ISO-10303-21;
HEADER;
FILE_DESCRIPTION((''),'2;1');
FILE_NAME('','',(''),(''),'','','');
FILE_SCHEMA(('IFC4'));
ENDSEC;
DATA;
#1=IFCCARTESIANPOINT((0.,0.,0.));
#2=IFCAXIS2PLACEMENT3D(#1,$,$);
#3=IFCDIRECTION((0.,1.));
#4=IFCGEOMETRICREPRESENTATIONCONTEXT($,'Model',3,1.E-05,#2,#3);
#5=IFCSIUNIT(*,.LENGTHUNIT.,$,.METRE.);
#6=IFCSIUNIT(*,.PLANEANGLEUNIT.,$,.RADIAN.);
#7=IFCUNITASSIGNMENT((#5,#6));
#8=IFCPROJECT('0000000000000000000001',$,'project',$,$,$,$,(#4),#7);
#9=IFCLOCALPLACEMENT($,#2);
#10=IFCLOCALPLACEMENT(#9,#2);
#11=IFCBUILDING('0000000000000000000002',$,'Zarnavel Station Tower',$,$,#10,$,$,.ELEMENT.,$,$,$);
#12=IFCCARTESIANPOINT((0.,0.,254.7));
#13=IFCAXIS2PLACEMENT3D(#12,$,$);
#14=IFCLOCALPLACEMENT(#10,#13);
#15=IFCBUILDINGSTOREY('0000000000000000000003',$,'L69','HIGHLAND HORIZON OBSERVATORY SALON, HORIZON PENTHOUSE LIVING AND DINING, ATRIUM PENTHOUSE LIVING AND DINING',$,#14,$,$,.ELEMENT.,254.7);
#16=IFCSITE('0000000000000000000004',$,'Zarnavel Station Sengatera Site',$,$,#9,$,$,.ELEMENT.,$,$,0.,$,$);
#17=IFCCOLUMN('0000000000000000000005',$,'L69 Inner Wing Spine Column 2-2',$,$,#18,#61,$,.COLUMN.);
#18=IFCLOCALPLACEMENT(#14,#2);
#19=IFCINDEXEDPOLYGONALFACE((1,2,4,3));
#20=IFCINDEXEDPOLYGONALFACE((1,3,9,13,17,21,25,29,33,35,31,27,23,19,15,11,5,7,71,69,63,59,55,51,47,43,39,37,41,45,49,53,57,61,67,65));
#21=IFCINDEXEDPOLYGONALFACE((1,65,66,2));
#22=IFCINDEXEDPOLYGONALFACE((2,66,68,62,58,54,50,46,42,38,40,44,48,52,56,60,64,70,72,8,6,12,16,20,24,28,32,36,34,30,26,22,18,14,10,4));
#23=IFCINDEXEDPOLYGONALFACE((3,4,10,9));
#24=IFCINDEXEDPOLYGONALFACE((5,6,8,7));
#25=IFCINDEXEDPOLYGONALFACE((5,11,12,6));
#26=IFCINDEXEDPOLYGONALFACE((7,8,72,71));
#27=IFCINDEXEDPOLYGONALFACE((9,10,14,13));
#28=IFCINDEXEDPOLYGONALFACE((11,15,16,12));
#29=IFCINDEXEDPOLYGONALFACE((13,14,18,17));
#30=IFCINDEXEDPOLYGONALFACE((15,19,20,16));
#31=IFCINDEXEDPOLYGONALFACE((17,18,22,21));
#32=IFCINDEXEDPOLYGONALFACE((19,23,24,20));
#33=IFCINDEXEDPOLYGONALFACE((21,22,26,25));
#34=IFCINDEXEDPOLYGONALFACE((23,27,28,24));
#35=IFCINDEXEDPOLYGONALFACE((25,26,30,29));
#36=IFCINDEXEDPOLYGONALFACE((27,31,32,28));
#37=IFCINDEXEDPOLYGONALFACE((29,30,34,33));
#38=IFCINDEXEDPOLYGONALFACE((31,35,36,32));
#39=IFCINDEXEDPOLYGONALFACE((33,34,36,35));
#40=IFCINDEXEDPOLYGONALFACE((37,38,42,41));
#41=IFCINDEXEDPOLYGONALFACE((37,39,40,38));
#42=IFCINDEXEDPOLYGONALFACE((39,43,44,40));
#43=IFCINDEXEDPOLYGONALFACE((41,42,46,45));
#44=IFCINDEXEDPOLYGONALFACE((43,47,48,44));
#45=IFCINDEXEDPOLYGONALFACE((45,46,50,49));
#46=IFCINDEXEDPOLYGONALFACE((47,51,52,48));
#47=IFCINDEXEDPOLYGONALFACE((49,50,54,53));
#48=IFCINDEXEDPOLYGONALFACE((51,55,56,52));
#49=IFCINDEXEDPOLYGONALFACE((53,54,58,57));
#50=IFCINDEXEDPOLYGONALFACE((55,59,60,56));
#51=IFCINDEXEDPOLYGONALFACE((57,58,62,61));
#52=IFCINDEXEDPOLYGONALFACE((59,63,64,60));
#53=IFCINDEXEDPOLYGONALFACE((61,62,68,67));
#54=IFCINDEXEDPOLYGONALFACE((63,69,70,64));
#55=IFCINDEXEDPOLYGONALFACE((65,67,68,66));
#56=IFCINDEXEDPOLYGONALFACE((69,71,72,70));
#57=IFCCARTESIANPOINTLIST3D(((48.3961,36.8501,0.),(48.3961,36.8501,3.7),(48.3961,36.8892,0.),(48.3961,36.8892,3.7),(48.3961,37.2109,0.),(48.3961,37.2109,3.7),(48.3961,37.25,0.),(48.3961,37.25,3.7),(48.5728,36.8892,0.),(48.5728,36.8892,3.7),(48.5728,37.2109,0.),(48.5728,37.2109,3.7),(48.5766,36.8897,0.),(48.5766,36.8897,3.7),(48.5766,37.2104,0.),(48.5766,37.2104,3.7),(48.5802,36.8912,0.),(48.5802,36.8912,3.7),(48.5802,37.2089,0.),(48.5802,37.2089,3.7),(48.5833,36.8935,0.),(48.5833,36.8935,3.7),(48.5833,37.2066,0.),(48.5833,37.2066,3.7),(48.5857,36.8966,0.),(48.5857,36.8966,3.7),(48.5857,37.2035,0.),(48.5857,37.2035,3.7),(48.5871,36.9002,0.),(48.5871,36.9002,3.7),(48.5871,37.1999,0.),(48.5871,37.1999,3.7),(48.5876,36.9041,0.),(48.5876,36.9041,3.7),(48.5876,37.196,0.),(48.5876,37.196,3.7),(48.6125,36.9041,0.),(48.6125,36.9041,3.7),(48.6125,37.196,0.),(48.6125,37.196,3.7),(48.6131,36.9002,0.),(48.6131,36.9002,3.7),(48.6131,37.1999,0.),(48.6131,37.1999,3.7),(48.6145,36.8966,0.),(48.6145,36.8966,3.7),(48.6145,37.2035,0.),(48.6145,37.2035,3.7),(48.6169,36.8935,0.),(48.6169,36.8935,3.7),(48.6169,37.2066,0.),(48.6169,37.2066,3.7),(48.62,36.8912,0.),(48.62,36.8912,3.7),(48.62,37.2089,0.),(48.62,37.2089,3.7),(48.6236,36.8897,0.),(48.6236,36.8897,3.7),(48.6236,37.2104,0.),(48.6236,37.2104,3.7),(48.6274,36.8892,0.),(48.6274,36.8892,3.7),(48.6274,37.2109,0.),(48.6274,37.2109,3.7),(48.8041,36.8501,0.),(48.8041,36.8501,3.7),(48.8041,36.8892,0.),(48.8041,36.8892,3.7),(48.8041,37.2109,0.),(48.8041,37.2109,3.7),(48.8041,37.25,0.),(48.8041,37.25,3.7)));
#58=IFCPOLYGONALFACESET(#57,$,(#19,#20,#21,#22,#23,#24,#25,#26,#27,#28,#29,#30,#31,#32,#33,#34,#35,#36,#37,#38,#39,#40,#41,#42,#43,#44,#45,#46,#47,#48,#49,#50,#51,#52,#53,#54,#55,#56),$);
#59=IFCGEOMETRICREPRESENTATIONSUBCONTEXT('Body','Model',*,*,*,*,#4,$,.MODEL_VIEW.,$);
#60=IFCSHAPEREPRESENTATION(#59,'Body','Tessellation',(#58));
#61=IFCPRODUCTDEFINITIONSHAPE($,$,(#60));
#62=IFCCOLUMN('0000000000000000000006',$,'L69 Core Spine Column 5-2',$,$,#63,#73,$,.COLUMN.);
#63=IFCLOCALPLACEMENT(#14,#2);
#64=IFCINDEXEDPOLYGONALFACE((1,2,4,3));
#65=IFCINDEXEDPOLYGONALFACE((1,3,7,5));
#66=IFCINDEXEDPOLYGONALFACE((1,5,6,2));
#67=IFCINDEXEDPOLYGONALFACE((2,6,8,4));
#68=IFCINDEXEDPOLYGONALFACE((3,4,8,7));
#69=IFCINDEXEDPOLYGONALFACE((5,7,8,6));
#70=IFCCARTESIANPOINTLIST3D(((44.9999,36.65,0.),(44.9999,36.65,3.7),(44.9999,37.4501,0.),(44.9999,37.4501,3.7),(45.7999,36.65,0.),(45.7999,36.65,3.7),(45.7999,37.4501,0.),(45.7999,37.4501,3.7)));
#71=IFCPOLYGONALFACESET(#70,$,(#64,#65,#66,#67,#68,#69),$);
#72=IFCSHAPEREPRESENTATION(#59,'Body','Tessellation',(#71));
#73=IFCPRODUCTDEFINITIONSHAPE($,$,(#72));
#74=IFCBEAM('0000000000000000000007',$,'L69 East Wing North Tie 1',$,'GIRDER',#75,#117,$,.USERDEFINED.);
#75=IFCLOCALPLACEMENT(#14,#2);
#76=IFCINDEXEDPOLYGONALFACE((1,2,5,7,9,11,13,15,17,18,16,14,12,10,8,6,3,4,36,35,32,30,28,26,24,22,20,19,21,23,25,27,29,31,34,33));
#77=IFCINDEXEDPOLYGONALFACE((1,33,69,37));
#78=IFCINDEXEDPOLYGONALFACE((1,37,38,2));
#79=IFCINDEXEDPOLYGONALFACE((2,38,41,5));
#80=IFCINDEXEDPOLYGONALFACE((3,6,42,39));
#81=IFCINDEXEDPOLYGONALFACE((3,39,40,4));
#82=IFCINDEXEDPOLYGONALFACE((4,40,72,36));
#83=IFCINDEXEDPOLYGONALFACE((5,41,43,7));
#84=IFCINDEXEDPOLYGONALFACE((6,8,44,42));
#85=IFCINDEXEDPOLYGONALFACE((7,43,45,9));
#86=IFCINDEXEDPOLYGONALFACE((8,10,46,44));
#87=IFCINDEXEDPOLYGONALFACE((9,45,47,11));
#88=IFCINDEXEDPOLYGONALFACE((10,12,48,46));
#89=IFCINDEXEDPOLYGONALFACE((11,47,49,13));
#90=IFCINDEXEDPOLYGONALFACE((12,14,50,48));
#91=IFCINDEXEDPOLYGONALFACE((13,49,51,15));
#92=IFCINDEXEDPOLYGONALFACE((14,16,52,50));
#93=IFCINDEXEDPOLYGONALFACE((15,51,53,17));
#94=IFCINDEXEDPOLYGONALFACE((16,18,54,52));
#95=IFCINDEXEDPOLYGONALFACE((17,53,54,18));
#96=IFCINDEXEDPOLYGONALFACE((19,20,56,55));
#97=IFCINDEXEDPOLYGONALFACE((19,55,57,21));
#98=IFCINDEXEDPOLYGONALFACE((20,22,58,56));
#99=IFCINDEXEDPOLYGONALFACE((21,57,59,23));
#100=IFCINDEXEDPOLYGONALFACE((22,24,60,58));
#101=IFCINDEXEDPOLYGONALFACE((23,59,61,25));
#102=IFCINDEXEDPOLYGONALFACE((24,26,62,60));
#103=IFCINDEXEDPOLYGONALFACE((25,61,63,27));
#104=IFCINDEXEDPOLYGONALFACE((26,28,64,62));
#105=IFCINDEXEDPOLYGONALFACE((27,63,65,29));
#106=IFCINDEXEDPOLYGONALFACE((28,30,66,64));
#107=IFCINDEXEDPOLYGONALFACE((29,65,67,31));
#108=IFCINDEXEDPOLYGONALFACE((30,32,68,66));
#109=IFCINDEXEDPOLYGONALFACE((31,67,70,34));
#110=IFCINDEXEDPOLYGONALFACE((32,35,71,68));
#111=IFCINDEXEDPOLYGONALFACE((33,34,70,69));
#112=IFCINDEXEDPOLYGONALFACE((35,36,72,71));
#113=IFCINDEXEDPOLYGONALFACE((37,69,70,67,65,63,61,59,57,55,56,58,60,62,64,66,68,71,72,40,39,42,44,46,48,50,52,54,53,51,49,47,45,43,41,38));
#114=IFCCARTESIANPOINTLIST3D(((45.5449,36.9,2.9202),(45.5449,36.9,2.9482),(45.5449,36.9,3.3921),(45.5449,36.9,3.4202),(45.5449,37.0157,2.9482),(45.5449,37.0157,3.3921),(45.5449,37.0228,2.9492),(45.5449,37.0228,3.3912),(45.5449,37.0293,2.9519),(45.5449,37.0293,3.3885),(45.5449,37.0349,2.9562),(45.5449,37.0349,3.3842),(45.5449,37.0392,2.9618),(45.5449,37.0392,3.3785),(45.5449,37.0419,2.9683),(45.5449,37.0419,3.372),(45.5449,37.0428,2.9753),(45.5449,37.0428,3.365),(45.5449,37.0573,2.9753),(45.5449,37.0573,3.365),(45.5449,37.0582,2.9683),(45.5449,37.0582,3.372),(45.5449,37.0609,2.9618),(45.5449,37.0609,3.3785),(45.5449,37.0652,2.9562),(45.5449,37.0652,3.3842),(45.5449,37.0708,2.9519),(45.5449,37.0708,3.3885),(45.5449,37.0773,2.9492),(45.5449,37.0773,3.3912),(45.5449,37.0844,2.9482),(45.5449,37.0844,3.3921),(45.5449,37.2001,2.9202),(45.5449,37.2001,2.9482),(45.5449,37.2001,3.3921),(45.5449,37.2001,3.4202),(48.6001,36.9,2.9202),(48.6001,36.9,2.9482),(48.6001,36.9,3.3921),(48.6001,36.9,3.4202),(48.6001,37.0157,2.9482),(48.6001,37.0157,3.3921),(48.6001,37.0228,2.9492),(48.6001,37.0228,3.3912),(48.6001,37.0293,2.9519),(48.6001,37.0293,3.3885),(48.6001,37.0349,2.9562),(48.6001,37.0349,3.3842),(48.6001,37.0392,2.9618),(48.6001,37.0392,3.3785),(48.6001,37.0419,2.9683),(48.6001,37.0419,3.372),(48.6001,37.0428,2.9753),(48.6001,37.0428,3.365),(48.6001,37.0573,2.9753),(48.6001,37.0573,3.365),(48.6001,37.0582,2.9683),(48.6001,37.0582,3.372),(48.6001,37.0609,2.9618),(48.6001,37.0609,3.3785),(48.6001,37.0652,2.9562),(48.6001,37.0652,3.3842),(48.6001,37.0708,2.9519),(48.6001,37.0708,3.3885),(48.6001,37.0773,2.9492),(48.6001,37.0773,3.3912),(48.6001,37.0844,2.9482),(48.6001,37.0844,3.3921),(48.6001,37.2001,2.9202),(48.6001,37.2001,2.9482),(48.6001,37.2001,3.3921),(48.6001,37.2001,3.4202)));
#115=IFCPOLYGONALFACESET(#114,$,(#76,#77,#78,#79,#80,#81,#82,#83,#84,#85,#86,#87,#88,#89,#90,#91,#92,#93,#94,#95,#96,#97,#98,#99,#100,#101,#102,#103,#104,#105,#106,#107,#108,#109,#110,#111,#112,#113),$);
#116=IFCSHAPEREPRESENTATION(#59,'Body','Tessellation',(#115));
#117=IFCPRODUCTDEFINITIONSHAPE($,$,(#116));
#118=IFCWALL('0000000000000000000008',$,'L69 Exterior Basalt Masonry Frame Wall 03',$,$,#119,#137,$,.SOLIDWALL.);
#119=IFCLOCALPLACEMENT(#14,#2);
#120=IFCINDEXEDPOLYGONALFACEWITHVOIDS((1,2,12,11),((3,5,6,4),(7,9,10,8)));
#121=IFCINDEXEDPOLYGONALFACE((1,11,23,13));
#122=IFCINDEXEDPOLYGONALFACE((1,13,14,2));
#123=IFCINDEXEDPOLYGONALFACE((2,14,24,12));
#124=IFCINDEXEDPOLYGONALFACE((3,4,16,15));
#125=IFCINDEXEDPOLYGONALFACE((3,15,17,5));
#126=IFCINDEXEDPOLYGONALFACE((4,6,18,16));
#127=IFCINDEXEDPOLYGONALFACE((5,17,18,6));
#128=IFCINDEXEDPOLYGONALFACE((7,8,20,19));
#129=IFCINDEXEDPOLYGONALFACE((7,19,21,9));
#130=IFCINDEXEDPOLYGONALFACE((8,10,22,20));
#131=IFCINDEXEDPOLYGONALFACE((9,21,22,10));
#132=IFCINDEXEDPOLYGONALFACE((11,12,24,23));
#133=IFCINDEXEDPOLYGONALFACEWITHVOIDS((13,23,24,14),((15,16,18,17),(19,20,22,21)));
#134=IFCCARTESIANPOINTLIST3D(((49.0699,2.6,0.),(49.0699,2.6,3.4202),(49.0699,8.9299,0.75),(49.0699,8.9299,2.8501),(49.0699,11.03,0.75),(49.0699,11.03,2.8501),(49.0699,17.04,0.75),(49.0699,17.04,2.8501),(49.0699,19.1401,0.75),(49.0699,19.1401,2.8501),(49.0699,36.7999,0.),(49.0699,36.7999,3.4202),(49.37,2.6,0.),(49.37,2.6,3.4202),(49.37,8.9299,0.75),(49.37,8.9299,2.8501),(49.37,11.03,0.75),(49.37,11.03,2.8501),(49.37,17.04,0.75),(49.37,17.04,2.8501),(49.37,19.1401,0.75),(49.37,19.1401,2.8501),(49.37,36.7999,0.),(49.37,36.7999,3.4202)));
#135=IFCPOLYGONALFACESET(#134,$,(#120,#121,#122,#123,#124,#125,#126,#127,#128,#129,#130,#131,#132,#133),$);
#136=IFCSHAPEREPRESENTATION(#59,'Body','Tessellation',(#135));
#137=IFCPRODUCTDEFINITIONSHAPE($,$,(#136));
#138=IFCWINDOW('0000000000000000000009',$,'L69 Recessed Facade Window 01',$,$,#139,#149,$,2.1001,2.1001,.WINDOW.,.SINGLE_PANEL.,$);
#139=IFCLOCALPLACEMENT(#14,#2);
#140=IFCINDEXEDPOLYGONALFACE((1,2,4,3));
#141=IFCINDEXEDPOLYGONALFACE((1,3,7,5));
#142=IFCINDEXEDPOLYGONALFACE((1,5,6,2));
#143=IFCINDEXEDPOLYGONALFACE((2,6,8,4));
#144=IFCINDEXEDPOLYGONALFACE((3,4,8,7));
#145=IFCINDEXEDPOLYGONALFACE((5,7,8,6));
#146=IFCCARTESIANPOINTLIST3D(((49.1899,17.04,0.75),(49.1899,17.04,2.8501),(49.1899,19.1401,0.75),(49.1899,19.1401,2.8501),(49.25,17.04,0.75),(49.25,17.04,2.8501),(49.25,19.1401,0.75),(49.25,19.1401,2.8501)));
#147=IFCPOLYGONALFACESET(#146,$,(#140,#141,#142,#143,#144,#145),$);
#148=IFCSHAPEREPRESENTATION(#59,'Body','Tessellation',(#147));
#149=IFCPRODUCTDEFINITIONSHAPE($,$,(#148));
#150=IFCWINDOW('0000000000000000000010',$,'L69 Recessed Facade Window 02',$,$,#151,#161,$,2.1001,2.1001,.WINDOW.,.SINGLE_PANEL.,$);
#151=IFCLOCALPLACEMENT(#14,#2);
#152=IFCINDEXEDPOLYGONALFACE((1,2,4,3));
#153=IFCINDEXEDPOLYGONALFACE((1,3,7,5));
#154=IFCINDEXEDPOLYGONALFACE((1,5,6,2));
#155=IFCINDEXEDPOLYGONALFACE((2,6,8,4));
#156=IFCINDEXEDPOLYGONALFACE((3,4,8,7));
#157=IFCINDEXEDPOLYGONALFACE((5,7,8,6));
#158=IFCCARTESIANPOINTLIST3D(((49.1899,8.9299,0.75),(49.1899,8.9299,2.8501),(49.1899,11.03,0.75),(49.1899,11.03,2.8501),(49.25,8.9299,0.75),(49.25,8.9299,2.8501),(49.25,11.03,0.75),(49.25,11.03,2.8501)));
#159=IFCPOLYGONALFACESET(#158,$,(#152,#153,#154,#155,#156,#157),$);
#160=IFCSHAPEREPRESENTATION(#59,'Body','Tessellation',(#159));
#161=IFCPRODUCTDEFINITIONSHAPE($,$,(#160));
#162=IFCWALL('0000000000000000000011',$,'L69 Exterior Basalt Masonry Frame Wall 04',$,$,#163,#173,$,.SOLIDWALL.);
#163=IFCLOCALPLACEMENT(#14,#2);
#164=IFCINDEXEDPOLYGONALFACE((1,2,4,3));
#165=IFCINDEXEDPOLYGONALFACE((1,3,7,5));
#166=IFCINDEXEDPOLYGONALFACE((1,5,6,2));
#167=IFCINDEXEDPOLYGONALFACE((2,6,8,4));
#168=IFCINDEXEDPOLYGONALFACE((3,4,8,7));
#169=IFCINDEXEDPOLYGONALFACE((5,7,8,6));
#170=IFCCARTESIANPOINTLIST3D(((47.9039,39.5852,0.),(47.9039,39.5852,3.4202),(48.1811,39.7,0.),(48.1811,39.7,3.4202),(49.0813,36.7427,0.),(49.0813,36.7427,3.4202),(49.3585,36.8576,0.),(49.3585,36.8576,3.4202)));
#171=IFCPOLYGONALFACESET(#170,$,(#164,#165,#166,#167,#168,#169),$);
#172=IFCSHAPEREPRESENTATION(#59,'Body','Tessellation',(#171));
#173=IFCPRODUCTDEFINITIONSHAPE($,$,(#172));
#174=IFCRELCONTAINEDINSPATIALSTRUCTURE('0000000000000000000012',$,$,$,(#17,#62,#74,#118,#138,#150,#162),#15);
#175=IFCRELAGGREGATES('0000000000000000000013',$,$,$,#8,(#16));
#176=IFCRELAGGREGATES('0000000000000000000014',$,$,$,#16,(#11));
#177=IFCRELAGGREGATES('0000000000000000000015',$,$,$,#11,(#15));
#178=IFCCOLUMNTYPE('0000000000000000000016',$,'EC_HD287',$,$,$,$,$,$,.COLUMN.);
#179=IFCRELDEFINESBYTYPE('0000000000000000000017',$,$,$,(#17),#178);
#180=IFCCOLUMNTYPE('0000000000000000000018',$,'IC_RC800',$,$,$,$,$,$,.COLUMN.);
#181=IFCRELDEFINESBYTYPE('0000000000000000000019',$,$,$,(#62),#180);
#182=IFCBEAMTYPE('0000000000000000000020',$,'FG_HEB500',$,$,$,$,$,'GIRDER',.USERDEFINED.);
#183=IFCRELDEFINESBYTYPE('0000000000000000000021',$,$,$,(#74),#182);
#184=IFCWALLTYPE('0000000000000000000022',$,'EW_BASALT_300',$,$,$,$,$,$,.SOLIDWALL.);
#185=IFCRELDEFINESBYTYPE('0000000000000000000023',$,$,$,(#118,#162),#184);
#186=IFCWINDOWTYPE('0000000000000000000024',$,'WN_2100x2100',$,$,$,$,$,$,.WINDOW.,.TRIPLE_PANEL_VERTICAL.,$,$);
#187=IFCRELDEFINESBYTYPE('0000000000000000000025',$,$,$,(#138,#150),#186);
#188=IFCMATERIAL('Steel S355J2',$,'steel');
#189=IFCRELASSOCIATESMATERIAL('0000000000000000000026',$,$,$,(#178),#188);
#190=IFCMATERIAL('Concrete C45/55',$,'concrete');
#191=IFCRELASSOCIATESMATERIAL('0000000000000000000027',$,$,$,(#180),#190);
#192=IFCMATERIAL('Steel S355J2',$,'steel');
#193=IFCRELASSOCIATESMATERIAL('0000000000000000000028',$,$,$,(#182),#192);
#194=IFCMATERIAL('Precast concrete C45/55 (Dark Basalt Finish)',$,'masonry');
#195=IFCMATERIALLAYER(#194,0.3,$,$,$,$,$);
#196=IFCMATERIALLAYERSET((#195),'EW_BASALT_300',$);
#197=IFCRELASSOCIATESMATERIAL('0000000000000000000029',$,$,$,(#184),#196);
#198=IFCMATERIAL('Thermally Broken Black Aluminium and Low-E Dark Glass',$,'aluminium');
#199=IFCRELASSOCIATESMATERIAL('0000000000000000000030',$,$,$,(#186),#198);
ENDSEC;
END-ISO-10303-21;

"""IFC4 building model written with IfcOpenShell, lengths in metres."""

from ifc_helpers import new_model, si_unit, direction, frame, frame_2d, origin, origin_2d, place, context, subcontext, project, spatial, rectangle, i_section, extrude, material, layer, layer_set, material_profile, profile_set, type_object, element, fill, save


model = new_model("IFC4")

# Units and contexts
model_context = context("Model", 3, precision=1e-05, world=origin(), true_north=direction((0.0, 1.0)))
body_context = subcontext(model_context, "Body", "Model", "MODEL_VIEW")
ifc_project = project(units=[si_unit("LENGTHUNIT", "METRE"), si_unit("PLANEANGLEUNIT", "RADIAN")], contexts=[model_context])

# Site, building, storey
site_placement = place(None, origin())
site = spatial("IfcSite", under=ifc_project, at=site_placement, Name="Zarnavel Station Sengatera Site", CompositionType="ELEMENT", RefElevation=0.0)
building_placement = place(site_placement, origin())
building = spatial("IfcBuilding", under=site, at=building_placement, Name="Zarnavel Station Tower", CompositionType="ELEMENT")
storey_placement = place(building_placement, frame((0.0, 0.0, 254.7)))
storey = spatial("IfcBuildingStorey", under=building, at=storey_placement, Name="L69", Description="HIGHLAND HORIZON OBSERVATORY SALON, HORIZON PENTHOUSE LIVING AND DINING, ATRIUM PENTHOUSE LIVING AND DINING", CompositionType="ELEMENT", Elevation=254.7)

# Columns
ifc_material_1 = material(Name="Steel S355J2", Category="steel")
ifc_material_profile_1 = material_profile(ifc_material_1, i_section(OverallWidth=0.408, OverallDepth=0.3999, WebThickness=0.0249, FlangeThickness=0.0391, FilletRadius=0.0149, at=origin_2d()), Name="HD400x287")
ifc_profile_set_1 = profile_set([ifc_material_profile_1], Name="Steel S355J2")
column_type_1 = type_object("IfcColumnType", Name="EC_HD287", PredefinedType="COLUMN", material=ifc_profile_set_1)
column_1_placement = place(storey_placement, frame((48.6001, 37.05, 0.0), z_axis=(0.0, 0.0, 1.0), x_axis=(1.0, 0.0, 0.0)))
element("IfcColumn", 1, at=column_1_placement, inside=storey, type_object=column_type_1, Name="L69 Inner Wing Spine Column 2-2", PredefinedType="COLUMN", context=body_context, shape_type="SweptSolid", body=[
    extrude(i_section(OverallWidth=0.408, OverallDepth=0.3999, WebThickness=0.0249, FlangeThickness=0.0391, FilletRadius=0.0149, at=origin_2d()), origin(), (0.0, 0.0, 1.0), 3.7),
])
ifc_material_2 = material(Name="Concrete C45/55", Category="concrete")
ifc_material_profile_2 = material_profile(ifc_material_2, rectangle(XDim=0.8, YDim=0.8, at=origin_2d()), Name="RC800x800")
ifc_profile_set_2 = profile_set([ifc_material_profile_2], Name="Concrete C45/55")
column_type_2 = type_object("IfcColumnType", Name="IC_RC800", PredefinedType="COLUMN", material=ifc_profile_set_2)
column_2_placement = place(storey_placement, frame((45.3999, 37.05, 0.0), z_axis=(0.0, 0.0, 1.0), x_axis=(1.0, 0.0, 0.0)))
element("IfcColumn", 2, at=column_2_placement, inside=storey, type_object=column_type_2, Name="L69 Core Spine Column 5-2", PredefinedType="COLUMN", context=body_context, shape_type="SweptSolid", body=[
    extrude(rectangle(XDim=0.8, YDim=0.8, at=origin_2d()), origin(), (0.0, 0.0, 1.0), 3.7),
])

# Beam
ifc_material_3 = material(Name="Steel S355J2", Category="steel")
ifc_material_profile_3 = material_profile(ifc_material_3, i_section(OverallWidth=0.3, OverallDepth=0.5, WebThickness=0.0144, FlangeThickness=0.0281, FilletRadius=0.0271, at=origin_2d()), Name="HEB500")
ifc_profile_set_3 = profile_set([ifc_material_profile_3], Name="Steel S355J2")
beam_type = type_object("IfcBeamType", Name="FG_HEB500", ElementType="GIRDER", PredefinedType="USERDEFINED", material=ifc_profile_set_3)
beam_placement = place(storey_placement, frame((45.5449, 37.05, 3.1702), z_axis=(1.0, 0.0, 0.0), x_axis=(0.0, 1.0, 0.0)))
element("IfcBeam", 3, at=beam_placement, inside=storey, type_object=beam_type, Name="L69 East Wing North Tie 1", ObjectType="GIRDER", PredefinedType="USERDEFINED", context=body_context, shape_type="SweptSolid", body=[
    extrude(i_section(OverallWidth=0.3, OverallDepth=0.5, WebThickness=0.0144, FlangeThickness=0.0281, FilletRadius=0.0271, at=origin_2d()), origin(), (0.0, 0.0, 1.0), 3.0552),
])

# Wall, openings, windows
ifc_material_4 = material(Name="Precast concrete C45/55 (Dark Basalt Finish)", Category="masonry")
ifc_layer_1 = layer(ifc_material_4, 0.3)
ifc_layer_set_1 = layer_set([ifc_layer_1], Name="EW_BASALT_300")
wall_type_1 = type_object("IfcWallType", Name="EW_BASALT_300", PredefinedType="SOLIDWALL", material=ifc_layer_set_1)
wall_1_placement = place(storey_placement, frame((49.22, 36.8, 0.0), z_axis=(0.0, 0.0, 1.0), x_axis=(0.0, -1.0, 0.0)))
wall_1 = element("IfcWall", 4, at=wall_1_placement, inside=storey, type_object=wall_type_1, Name="L69 Exterior Basalt Masonry Frame Wall 03", PredefinedType="SOLIDWALL", context=body_context, shape_type="SweptSolid", body=[
    extrude(rectangle(XDim=34.2, YDim=0.3, at=frame_2d((17.1001, 0.0))), origin(), (0.0, 0.0, 1.0), 3.4202),
])
opening_1_placement = place(wall_1_placement, frame((17.6599, 0.0, 0.75)))
opening_1 = element("IfcOpeningElement", 5, at=opening_1_placement, cuts=wall_1, PredefinedType="OPENING", context=body_context, shape_type="SweptSolid", body=[
    extrude(rectangle(XDim=2.1001, YDim=2.1001, at=frame_2d((1.05, 1.05))), frame((0.0, 0.1599, 0.0), z_axis=(0.0, -1.0, 0.0), x_axis=(1.0, 0.0, 0.0)), (0.0, 0.0, 1.0), 0.3201),
])
opening_2_placement = place(wall_1_placement, frame((25.77, 0.0, 0.75)))
opening_2 = element("IfcOpeningElement", 6, at=opening_2_placement, cuts=wall_1, PredefinedType="OPENING", context=body_context, shape_type="SweptSolid", body=[
    extrude(rectangle(XDim=2.1001, YDim=2.1001, at=frame_2d((1.05, 1.05))), frame((0.0, 0.1599, 0.0), z_axis=(0.0, -1.0, 0.0), x_axis=(1.0, 0.0, 0.0)), (0.0, 0.0, 1.0), 0.3201),
])
ifc_material_5 = material(Name="Thermally Broken Black Aluminium and Low-E Dark Glass", Category="aluminium")
window_type = type_object("IfcWindowType", Name="WN_2100x2100", PartitioningType="TRIPLE_PANEL_VERTICAL", PredefinedType="WINDOW", material=ifc_material_5)
window_1_placement = place(opening_1_placement, origin())
window_1 = element("IfcWindow", 7, at=window_1_placement, inside=storey, type_object=window_type, Name="L69 Recessed Facade Window 01", OverallHeight=2.1001, OverallWidth=2.1001, PartitioningType="SINGLE_PANEL", PredefinedType="WINDOW", context=body_context, shape_type="SweptSolid", body=[
    extrude(rectangle(XDim=2.1001, YDim=2.1001, at=frame_2d((1.05, 1.05))), frame((0.0, 0.03, 0.0), z_axis=(0.0, -1.0, 0.0), x_axis=(1.0, 0.0, 0.0)), (0.0, 0.0, 1.0), 0.0601),
])
fill(opening_1, window_1)
window_2_placement = place(opening_2_placement, origin())
window_2 = element("IfcWindow", 8, at=window_2_placement, inside=storey, type_object=window_type, Name="L69 Recessed Facade Window 02", OverallHeight=2.1001, OverallWidth=2.1001, PartitioningType="SINGLE_PANEL", PredefinedType="WINDOW", context=body_context, shape_type="SweptSolid", body=[
    extrude(rectangle(XDim=2.1001, YDim=2.1001, at=frame_2d((1.05, 1.05))), frame((0.0, 0.03, 0.0), z_axis=(0.0, -1.0, 0.0), x_axis=(1.0, 0.0, 0.0)), (0.0, 0.0, 1.0), 0.0601),
])
fill(opening_2, window_2)

# Wall
for number, where, z_axis, x_axis, name in (
    (9, (48.0425, 39.6426, 0.0), (0.0, 0.0, 1.0), (0.382705, -0.923871, 0.0), "L69 Exterior Basalt Masonry Frame Wall 04"),
):
    element("IfcWall", number, at=place(storey_placement, frame(where, z_axis=z_axis, x_axis=x_axis)), inside=storey, type_object=wall_type_1, Name=name, PredefinedType="SOLIDWALL", context=body_context, shape_type="SweptSolid", body=[
        extrude(rectangle(XDim=3.0767, YDim=0.3, at=frame_2d((1.5383, 0.0))), origin(), (0.0, 0.0, 1.0), 3.4202),
    ])

save(model, "model.ifc")
